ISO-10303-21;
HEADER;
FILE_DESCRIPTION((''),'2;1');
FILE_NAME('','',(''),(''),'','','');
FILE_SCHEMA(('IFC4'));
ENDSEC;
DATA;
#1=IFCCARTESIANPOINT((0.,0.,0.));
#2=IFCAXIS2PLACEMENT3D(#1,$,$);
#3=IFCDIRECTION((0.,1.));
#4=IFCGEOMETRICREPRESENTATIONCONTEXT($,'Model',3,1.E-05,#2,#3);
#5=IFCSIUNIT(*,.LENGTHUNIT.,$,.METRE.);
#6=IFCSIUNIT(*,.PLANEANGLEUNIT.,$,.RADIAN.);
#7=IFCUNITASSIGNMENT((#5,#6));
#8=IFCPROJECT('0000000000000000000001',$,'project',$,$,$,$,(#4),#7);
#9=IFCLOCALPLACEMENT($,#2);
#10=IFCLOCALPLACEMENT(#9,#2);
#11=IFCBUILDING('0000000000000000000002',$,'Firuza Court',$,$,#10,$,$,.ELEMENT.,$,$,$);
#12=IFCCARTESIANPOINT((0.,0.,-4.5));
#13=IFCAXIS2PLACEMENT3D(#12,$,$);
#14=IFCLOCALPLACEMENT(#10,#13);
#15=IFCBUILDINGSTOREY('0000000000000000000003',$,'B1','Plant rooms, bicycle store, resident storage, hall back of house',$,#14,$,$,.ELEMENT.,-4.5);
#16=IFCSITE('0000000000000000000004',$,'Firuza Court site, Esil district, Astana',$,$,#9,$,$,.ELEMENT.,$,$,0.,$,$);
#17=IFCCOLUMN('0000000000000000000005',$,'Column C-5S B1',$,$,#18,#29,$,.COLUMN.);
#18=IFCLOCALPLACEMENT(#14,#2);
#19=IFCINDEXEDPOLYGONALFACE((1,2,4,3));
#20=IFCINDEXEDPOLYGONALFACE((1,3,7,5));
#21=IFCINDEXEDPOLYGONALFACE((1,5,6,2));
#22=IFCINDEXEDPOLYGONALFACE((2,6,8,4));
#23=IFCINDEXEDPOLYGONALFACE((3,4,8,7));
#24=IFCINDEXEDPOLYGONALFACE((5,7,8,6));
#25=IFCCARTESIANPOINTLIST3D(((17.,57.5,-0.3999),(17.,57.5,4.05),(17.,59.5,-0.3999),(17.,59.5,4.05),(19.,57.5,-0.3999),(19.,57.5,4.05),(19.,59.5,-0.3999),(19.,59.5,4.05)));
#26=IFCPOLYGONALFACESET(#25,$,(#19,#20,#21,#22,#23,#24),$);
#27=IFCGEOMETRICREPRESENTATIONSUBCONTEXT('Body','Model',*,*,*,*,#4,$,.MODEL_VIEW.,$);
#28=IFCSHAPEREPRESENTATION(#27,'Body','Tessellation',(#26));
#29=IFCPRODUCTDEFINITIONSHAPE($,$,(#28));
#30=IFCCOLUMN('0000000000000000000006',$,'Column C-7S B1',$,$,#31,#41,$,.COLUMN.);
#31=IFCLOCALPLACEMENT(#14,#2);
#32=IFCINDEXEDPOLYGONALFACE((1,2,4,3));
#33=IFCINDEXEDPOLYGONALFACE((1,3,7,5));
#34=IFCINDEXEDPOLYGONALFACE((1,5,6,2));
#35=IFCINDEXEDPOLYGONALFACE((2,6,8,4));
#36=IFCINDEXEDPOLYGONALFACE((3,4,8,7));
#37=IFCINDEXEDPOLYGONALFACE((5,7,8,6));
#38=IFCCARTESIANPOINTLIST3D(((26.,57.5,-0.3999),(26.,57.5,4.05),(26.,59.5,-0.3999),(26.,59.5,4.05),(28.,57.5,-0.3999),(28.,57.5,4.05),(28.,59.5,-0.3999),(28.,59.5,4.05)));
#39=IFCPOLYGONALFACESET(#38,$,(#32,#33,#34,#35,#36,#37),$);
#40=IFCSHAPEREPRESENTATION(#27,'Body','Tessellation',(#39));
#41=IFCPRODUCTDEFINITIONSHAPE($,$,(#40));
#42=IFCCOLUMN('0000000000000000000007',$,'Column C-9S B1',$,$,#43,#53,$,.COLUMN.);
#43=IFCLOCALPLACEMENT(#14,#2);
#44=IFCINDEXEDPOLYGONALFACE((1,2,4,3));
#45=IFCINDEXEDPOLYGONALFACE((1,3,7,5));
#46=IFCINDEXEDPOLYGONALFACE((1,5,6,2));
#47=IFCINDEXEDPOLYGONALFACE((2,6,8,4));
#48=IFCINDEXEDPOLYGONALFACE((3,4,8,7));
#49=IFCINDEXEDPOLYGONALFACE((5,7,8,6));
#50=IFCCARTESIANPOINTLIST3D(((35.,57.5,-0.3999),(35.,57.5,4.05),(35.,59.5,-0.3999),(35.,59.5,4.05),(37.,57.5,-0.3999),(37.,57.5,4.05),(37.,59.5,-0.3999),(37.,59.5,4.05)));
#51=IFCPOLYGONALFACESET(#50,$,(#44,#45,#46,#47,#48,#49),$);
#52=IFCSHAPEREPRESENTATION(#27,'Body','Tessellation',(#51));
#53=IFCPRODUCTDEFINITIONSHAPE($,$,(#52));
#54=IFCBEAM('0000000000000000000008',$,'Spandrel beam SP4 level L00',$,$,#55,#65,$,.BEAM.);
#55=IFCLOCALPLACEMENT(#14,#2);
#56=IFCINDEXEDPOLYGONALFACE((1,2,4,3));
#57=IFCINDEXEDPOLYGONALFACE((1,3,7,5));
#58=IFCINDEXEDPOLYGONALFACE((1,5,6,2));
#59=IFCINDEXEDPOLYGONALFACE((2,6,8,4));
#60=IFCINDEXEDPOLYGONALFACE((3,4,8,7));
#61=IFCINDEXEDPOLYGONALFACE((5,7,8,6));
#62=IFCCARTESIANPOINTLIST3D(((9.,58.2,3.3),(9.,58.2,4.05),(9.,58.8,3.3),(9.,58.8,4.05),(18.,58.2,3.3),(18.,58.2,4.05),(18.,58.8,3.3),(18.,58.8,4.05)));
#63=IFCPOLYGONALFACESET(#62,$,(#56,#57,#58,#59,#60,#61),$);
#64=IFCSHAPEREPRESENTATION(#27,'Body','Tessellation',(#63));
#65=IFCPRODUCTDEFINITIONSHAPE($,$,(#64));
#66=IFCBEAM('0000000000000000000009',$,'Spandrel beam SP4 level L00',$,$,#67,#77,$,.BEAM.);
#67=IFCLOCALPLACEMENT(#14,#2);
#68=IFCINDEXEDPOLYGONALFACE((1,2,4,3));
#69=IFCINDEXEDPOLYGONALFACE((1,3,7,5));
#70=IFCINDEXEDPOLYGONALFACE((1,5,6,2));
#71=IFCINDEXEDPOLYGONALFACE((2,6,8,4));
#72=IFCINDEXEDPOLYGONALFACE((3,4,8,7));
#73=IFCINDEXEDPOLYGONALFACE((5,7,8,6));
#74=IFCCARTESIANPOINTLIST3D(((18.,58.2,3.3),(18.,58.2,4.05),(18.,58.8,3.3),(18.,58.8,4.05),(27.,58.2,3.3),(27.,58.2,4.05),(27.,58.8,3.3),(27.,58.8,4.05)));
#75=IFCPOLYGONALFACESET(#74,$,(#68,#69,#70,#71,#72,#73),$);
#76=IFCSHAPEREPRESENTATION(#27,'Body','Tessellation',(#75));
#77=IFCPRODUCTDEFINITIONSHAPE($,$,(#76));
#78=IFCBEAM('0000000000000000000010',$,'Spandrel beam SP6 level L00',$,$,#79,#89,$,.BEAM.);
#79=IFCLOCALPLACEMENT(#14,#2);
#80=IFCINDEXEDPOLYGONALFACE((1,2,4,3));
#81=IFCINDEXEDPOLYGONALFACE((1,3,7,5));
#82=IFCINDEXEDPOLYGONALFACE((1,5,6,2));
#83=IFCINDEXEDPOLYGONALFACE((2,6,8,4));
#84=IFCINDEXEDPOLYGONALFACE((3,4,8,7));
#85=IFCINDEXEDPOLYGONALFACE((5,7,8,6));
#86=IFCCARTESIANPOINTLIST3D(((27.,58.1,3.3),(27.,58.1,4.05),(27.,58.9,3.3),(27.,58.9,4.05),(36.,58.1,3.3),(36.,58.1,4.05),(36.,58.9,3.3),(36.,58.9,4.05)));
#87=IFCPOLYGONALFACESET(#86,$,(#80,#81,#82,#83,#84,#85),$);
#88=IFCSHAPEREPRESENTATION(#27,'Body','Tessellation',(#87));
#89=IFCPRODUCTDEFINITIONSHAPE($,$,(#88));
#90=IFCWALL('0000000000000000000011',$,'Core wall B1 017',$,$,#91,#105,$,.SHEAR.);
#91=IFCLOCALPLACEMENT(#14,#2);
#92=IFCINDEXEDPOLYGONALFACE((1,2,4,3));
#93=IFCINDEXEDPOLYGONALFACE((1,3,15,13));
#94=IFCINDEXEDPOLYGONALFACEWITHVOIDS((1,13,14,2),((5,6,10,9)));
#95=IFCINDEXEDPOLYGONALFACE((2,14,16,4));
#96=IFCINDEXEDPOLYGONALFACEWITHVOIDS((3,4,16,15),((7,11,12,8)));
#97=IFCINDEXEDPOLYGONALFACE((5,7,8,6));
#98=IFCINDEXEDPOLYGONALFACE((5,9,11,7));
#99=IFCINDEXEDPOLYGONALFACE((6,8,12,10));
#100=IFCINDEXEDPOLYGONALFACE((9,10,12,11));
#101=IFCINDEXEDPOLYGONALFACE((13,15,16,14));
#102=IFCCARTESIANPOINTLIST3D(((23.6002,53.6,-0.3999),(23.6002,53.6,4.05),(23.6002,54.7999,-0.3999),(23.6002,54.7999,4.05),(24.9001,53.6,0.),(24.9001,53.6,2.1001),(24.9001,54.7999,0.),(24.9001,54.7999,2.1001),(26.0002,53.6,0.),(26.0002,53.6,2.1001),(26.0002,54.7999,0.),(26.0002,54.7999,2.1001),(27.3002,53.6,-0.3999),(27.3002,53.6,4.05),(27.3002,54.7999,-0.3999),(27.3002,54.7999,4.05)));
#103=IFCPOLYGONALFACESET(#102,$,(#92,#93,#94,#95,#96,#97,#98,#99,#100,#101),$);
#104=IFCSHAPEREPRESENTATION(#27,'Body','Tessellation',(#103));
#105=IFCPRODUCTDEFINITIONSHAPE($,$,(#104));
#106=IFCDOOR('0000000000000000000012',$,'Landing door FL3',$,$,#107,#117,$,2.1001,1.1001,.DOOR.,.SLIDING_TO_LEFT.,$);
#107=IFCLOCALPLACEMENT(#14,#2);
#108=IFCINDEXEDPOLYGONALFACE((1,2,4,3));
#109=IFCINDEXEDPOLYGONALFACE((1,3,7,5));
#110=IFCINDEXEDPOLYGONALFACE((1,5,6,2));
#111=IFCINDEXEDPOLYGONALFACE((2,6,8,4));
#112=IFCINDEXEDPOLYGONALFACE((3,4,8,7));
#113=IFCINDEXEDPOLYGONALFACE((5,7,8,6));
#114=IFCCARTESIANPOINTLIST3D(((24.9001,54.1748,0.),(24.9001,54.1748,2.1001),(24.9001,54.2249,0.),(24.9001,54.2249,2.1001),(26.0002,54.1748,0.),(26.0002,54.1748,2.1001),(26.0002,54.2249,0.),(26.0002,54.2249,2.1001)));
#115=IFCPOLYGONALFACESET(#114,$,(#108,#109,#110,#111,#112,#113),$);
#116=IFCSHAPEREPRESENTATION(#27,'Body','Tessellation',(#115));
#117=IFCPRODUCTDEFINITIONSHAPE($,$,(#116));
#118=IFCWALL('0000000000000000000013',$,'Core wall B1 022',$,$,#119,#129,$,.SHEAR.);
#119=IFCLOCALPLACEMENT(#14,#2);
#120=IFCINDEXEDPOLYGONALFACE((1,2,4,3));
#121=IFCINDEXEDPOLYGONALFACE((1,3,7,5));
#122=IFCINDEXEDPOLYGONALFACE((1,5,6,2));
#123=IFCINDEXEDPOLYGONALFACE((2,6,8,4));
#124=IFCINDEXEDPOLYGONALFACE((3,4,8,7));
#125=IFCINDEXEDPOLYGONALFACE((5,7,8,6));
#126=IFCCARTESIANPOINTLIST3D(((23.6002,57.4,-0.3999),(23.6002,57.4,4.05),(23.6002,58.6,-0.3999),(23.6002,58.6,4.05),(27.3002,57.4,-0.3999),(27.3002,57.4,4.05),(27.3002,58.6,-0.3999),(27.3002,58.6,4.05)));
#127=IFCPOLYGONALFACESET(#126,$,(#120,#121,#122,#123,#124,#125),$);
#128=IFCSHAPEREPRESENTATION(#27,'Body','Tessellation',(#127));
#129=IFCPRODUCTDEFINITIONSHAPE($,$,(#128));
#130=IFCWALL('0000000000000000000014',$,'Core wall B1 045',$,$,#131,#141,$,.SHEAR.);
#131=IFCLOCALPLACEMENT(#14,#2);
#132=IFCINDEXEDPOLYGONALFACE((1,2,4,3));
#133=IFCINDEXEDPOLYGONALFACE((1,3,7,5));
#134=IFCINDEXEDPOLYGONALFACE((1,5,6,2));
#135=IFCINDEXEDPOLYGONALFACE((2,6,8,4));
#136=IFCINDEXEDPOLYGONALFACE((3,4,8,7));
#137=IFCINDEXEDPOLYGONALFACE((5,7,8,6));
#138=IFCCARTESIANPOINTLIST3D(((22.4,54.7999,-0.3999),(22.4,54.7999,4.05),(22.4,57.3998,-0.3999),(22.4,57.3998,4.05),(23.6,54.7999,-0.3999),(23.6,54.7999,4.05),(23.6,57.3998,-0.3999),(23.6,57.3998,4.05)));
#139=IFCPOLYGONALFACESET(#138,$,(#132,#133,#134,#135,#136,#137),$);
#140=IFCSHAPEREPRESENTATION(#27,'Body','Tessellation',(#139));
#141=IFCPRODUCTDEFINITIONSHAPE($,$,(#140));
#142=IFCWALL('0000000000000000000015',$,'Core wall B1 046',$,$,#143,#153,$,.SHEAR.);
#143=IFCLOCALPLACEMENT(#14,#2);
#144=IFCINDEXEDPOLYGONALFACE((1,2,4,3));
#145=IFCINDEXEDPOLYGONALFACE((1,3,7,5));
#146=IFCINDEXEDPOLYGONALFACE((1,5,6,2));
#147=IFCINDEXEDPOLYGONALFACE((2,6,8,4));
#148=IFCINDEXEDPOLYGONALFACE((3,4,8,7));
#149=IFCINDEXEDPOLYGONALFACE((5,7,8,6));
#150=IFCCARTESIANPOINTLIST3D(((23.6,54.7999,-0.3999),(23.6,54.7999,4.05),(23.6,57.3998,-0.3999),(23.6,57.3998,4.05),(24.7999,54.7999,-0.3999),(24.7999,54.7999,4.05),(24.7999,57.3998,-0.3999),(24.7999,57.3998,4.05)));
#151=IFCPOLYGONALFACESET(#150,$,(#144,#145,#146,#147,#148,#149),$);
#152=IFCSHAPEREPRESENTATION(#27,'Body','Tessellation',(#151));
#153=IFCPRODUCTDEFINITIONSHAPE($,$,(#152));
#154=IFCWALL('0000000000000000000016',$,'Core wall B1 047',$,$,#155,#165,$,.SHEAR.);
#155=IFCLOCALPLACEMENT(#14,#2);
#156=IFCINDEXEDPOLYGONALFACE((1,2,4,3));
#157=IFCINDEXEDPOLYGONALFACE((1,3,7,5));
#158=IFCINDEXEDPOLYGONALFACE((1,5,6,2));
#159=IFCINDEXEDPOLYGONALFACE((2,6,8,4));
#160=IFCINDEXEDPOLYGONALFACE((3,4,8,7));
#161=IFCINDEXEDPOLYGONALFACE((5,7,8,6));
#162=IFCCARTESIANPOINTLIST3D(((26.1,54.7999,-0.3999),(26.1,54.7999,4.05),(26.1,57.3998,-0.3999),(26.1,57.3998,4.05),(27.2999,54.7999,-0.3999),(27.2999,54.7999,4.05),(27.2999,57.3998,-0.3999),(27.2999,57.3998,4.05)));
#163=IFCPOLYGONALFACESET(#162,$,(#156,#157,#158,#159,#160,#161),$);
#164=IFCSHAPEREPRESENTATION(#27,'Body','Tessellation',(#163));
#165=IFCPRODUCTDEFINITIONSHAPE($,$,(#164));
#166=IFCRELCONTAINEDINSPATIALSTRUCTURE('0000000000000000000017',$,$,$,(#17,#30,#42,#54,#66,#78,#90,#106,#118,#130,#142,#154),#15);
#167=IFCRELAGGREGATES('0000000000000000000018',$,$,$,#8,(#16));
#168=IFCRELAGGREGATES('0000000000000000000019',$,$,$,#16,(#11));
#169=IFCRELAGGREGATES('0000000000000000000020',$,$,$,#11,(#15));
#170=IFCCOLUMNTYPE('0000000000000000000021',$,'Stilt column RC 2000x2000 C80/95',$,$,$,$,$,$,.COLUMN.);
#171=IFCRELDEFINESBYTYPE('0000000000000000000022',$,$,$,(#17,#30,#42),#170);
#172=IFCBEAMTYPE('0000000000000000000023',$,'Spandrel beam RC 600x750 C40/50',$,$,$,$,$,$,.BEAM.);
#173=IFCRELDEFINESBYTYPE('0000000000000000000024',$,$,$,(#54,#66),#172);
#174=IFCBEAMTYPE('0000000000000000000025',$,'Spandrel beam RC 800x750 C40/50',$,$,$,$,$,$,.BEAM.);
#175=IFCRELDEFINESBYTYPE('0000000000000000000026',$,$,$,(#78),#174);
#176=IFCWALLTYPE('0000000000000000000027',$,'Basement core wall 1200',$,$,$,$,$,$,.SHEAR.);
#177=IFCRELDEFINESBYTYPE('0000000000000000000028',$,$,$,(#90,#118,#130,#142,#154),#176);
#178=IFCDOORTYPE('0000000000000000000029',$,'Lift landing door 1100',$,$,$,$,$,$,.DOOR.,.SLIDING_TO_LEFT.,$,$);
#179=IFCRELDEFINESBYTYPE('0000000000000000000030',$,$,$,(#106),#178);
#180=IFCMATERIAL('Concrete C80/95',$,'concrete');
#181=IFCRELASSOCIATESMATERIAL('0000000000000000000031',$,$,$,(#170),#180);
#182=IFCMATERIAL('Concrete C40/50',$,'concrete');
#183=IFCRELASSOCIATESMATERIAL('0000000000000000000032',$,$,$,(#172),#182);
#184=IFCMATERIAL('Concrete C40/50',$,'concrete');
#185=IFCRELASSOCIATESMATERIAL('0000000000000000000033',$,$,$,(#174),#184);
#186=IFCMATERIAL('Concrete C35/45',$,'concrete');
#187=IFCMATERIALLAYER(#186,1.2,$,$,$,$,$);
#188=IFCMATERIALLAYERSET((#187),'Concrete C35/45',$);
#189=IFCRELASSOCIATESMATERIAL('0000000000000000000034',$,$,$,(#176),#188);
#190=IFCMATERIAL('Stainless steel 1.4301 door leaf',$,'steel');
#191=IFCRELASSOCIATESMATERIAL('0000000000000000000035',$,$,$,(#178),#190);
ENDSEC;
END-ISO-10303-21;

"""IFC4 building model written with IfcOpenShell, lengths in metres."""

from ifc_helpers import new_model, si_unit, direction, frame, frame_2d, origin, origin_2d, place, context, subcontext, project, spatial, rectangle, extrude, material, layer, layer_set, material_profile, profile_set, type_object, element, fill, save


model = new_model("IFC4")

# Units and contexts
model_context = context("Model", 3, precision=1e-05, world=origin(), true_north=direction((0.0, 1.0)))
body_context = subcontext(model_context, "Body", "Model", "MODEL_VIEW")
ifc_project = project(units=[si_unit("LENGTHUNIT", "METRE"), si_unit("PLANEANGLEUNIT", "RADIAN")], contexts=[model_context])

# Site, building, storey
site_placement = place(None, origin())
site = spatial("IfcSite", under=ifc_project, at=site_placement, Name="Firuza Court site, Esil district, Astana", CompositionType="ELEMENT", RefElevation=0.0)
building_placement = place(site_placement, origin())
building = spatial("IfcBuilding", under=site, at=building_placement, Name="Firuza Court", CompositionType="ELEMENT")
storey_placement = place(building_placement, frame((0.0, 0.0, -4.5)))
storey = spatial("IfcBuildingStorey", under=building, at=storey_placement, Name="B1", Description="Plant rooms, bicycle store, resident storage, hall back of house", CompositionType="ELEMENT", Elevation=-4.5)

# Columns
ifc_material_1 = material(Name="Concrete C80/95", Category="concrete")
ifc_material_profile_1 = material_profile(ifc_material_1, rectangle(XDim=2.0, YDim=2.0, at=origin_2d()), Name="RC 2000x2000")
ifc_profile_set_1 = profile_set([ifc_material_profile_1], Name="Concrete C80/95")
column_type = type_object("IfcColumnType", Name="Stilt column RC 2000x2000 C80/95", PredefinedType="COLUMN", material=ifc_profile_set_1)
for number, where, z_axis, x_axis, name in (
    (1, (18.0, 58.5, -0.3999), (0.0, 0.0, 1.0), (1.0, 0.0, 0.0), "Column C-5S B1"),
    (2, (27.0, 58.5, -0.3999), (0.0, 0.0, 1.0), (1.0, 0.0, 0.0), "Column C-7S B1"),
    (3, (36.0, 58.5, -0.3999), (0.0, 0.0, 1.0), (1.0, 0.0, 0.0), "Column C-9S B1"),
):
    element("IfcColumn", number, at=place(storey_placement, frame(where, z_axis=z_axis, x_axis=x_axis)), inside=storey, type_object=column_type, Name=name, PredefinedType="COLUMN", context=body_context, shape_type="SweptSolid", body=[
        extrude(rectangle(XDim=2.0, YDim=2.0, at=origin_2d()), origin(), (0.0, 0.0, 1.0), 4.45),
    ])

# Beams
ifc_material_2 = material(Name="Concrete C40/50", Category="concrete")
ifc_material_profile_2 = material_profile(ifc_material_2, rectangle(XDim=0.6001, YDim=0.75, at=origin_2d()), Name="RC 600x750")
ifc_profile_set_2 = profile_set([ifc_material_profile_2], Name="Concrete C40/50")
beam_type_1 = type_object("IfcBeamType", Name="Spandrel beam RC 600x750 C40/50", PredefinedType="BEAM", material=ifc_profile_set_2)
for number, where, z_axis, x_axis, name in (
    (4, (18.0, 58.5, 3.675), (-1.0, 0.0, 0.0), (0.0, -1.0, 0.0), "Spandrel beam SP4 level L00"),
    (5, (27.0, 58.5, 3.675), (-1.0, 0.0, 0.0), (0.0, -1.0, 0.0), "Spandrel beam SP4 level L00"),
):
    element("IfcBeam", number, at=place(storey_placement, frame(where, z_axis=z_axis, x_axis=x_axis)), inside=storey, type_object=beam_type_1, Name=name, PredefinedType="BEAM", context=body_context, shape_type="SweptSolid", body=[
        extrude(rectangle(XDim=0.6001, YDim=0.75, at=origin_2d()), origin(), (0.0, 0.0, 1.0), 9.0),
    ])
ifc_material_3 = material(Name="Concrete C40/50", Category="concrete")
ifc_material_profile_3 = material_profile(ifc_material_3, rectangle(XDim=0.8, YDim=0.75, at=origin_2d()), Name="RC 800x750")
ifc_profile_set_3 = profile_set([ifc_material_profile_3], Name="Concrete C40/50")
beam_type_2 = type_object("IfcBeamType", Name="Spandrel beam RC 800x750 C40/50", PredefinedType="BEAM", material=ifc_profile_set_3)
beam_placement = place(storey_placement, frame((36.0, 58.5, 3.675), z_axis=(-1.0, 0.0, 0.0), x_axis=(0.0, -1.0, 0.0)))
element("IfcBeam", 6, at=beam_placement, inside=storey, type_object=beam_type_2, Name="Spandrel beam SP6 level L00", PredefinedType="BEAM", context=body_context, shape_type="SweptSolid", body=[
    extrude(rectangle(XDim=0.8, YDim=0.75, at=origin_2d()), origin(), (0.0, 0.0, 1.0), 9.0),
])

# Wall, opening, door
ifc_material_4 = material(Name="Concrete C35/45", Category="concrete")
ifc_layer_1 = layer(ifc_material_4, 1.2)
ifc_layer_set_1 = layer_set([ifc_layer_1], Name="Concrete C35/45")
wall_type_1 = type_object("IfcWallType", Name="Basement core wall 1200", PredefinedType="SHEAR", material=ifc_layer_set_1)
wall_1_placement = place(storey_placement, frame((23.6001, 54.2, -0.3999), z_axis=(0.0, 0.0, 1.0), x_axis=(1.0, 0.0, 0.0)))
wall_1 = element("IfcWall", 7, at=wall_1_placement, inside=storey, type_object=wall_type_1, Name="Core wall B1 017", PredefinedType="SHEAR", context=body_context, shape_type="SweptSolid", body=[
    extrude(rectangle(XDim=3.7, YDim=1.2, at=frame_2d((1.8501, 0.0))), origin(), (0.0, 0.0, 1.0), 4.45),
])
opening_1_placement = place(wall_1_placement, frame((1.3, 0.0, 0.3999)))
opening_1 = element("IfcOpeningElement", 8, at=opening_1_placement, cuts=wall_1, PredefinedType="OPENING", context=body_context, shape_type="SweptSolid", body=[
    extrude(rectangle(XDim=1.1001, YDim=2.1001, at=frame_2d((0.55, 1.05))), frame((0.0, 0.6118, 0.0), z_axis=(0.0, -1.0, 0.0), x_axis=(1.0, 0.0, 0.0)), (0.0, 0.0, 1.0), 1.2239),
])
ifc_material_5 = material(Name="Stainless steel 1.4301 door leaf", Category="steel")
door_type_1 = type_object("IfcDoorType", Name="Lift landing door 1100", OperationType="SLIDING_TO_LEFT", PredefinedType="DOOR", material=ifc_material_5)
door_1_placement = place(opening_1_placement, origin())
door_1 = element("IfcDoor", 9, at=door_1_placement, inside=storey, type_object=door_type_1, Name="Landing door FL3", OperationType="SLIDING_TO_LEFT", OverallHeight=2.1001, OverallWidth=1.1001, PredefinedType="DOOR", context=body_context, shape_type="SweptSolid", body=[
    extrude(rectangle(XDim=1.1001, YDim=2.1001, at=frame_2d((0.55, 1.05))), frame((0.0, 0.0249, 0.0), z_axis=(0.0, -1.0, 0.0), x_axis=(1.0, 0.0, 0.0)), (0.0, 0.0, 1.0), 0.05),
])
fill(opening_1, door_1)

# Walls
wall_2_placement = place(storey_placement, frame((23.6001, 58.0, -0.3999), z_axis=(0.0, 0.0, 1.0), x_axis=(1.0, 0.0, 0.0)))
element("IfcWall", 10, at=wall_2_placement, inside=storey, type_object=wall_type_1, Name="Core wall B1 022", PredefinedType="SHEAR", context=body_context, shape_type="SweptSolid", body=[
    extrude(rectangle(XDim=3.7, YDim=1.2, at=frame_2d((1.8501, 0.0))), origin(), (0.0, 0.0, 1.0), 4.45),
])
for number, where, z_axis, x_axis, name in (
    (11, (23.0, 54.8, -0.3999), (0.0, 0.0, 1.0), (0.0, 1.0, 0.0), "Core wall B1 045"),
    (12, (24.2, 54.8, -0.3999), (0.0, 0.0, 1.0), (0.0, 1.0, 0.0), "Core wall B1 046"),
    (13, (26.7, 54.8, -0.3999), (0.0, 0.0, 1.0), (0.0, 1.0, 0.0), "Core wall B1 047"),
):
    element("IfcWall", number, at=place(storey_placement, frame(where, z_axis=z_axis, x_axis=x_axis)), inside=storey, type_object=wall_type_1, Name=name, PredefinedType="SHEAR", context=body_context, shape_type="SweptSolid", body=[
        extrude(rectangle(XDim=2.5999, YDim=1.2, at=frame_2d((1.2998, 0.0))), origin(), (0.0, 0.0, 1.0), 4.45),
    ])

save(model, "model.ifc")
